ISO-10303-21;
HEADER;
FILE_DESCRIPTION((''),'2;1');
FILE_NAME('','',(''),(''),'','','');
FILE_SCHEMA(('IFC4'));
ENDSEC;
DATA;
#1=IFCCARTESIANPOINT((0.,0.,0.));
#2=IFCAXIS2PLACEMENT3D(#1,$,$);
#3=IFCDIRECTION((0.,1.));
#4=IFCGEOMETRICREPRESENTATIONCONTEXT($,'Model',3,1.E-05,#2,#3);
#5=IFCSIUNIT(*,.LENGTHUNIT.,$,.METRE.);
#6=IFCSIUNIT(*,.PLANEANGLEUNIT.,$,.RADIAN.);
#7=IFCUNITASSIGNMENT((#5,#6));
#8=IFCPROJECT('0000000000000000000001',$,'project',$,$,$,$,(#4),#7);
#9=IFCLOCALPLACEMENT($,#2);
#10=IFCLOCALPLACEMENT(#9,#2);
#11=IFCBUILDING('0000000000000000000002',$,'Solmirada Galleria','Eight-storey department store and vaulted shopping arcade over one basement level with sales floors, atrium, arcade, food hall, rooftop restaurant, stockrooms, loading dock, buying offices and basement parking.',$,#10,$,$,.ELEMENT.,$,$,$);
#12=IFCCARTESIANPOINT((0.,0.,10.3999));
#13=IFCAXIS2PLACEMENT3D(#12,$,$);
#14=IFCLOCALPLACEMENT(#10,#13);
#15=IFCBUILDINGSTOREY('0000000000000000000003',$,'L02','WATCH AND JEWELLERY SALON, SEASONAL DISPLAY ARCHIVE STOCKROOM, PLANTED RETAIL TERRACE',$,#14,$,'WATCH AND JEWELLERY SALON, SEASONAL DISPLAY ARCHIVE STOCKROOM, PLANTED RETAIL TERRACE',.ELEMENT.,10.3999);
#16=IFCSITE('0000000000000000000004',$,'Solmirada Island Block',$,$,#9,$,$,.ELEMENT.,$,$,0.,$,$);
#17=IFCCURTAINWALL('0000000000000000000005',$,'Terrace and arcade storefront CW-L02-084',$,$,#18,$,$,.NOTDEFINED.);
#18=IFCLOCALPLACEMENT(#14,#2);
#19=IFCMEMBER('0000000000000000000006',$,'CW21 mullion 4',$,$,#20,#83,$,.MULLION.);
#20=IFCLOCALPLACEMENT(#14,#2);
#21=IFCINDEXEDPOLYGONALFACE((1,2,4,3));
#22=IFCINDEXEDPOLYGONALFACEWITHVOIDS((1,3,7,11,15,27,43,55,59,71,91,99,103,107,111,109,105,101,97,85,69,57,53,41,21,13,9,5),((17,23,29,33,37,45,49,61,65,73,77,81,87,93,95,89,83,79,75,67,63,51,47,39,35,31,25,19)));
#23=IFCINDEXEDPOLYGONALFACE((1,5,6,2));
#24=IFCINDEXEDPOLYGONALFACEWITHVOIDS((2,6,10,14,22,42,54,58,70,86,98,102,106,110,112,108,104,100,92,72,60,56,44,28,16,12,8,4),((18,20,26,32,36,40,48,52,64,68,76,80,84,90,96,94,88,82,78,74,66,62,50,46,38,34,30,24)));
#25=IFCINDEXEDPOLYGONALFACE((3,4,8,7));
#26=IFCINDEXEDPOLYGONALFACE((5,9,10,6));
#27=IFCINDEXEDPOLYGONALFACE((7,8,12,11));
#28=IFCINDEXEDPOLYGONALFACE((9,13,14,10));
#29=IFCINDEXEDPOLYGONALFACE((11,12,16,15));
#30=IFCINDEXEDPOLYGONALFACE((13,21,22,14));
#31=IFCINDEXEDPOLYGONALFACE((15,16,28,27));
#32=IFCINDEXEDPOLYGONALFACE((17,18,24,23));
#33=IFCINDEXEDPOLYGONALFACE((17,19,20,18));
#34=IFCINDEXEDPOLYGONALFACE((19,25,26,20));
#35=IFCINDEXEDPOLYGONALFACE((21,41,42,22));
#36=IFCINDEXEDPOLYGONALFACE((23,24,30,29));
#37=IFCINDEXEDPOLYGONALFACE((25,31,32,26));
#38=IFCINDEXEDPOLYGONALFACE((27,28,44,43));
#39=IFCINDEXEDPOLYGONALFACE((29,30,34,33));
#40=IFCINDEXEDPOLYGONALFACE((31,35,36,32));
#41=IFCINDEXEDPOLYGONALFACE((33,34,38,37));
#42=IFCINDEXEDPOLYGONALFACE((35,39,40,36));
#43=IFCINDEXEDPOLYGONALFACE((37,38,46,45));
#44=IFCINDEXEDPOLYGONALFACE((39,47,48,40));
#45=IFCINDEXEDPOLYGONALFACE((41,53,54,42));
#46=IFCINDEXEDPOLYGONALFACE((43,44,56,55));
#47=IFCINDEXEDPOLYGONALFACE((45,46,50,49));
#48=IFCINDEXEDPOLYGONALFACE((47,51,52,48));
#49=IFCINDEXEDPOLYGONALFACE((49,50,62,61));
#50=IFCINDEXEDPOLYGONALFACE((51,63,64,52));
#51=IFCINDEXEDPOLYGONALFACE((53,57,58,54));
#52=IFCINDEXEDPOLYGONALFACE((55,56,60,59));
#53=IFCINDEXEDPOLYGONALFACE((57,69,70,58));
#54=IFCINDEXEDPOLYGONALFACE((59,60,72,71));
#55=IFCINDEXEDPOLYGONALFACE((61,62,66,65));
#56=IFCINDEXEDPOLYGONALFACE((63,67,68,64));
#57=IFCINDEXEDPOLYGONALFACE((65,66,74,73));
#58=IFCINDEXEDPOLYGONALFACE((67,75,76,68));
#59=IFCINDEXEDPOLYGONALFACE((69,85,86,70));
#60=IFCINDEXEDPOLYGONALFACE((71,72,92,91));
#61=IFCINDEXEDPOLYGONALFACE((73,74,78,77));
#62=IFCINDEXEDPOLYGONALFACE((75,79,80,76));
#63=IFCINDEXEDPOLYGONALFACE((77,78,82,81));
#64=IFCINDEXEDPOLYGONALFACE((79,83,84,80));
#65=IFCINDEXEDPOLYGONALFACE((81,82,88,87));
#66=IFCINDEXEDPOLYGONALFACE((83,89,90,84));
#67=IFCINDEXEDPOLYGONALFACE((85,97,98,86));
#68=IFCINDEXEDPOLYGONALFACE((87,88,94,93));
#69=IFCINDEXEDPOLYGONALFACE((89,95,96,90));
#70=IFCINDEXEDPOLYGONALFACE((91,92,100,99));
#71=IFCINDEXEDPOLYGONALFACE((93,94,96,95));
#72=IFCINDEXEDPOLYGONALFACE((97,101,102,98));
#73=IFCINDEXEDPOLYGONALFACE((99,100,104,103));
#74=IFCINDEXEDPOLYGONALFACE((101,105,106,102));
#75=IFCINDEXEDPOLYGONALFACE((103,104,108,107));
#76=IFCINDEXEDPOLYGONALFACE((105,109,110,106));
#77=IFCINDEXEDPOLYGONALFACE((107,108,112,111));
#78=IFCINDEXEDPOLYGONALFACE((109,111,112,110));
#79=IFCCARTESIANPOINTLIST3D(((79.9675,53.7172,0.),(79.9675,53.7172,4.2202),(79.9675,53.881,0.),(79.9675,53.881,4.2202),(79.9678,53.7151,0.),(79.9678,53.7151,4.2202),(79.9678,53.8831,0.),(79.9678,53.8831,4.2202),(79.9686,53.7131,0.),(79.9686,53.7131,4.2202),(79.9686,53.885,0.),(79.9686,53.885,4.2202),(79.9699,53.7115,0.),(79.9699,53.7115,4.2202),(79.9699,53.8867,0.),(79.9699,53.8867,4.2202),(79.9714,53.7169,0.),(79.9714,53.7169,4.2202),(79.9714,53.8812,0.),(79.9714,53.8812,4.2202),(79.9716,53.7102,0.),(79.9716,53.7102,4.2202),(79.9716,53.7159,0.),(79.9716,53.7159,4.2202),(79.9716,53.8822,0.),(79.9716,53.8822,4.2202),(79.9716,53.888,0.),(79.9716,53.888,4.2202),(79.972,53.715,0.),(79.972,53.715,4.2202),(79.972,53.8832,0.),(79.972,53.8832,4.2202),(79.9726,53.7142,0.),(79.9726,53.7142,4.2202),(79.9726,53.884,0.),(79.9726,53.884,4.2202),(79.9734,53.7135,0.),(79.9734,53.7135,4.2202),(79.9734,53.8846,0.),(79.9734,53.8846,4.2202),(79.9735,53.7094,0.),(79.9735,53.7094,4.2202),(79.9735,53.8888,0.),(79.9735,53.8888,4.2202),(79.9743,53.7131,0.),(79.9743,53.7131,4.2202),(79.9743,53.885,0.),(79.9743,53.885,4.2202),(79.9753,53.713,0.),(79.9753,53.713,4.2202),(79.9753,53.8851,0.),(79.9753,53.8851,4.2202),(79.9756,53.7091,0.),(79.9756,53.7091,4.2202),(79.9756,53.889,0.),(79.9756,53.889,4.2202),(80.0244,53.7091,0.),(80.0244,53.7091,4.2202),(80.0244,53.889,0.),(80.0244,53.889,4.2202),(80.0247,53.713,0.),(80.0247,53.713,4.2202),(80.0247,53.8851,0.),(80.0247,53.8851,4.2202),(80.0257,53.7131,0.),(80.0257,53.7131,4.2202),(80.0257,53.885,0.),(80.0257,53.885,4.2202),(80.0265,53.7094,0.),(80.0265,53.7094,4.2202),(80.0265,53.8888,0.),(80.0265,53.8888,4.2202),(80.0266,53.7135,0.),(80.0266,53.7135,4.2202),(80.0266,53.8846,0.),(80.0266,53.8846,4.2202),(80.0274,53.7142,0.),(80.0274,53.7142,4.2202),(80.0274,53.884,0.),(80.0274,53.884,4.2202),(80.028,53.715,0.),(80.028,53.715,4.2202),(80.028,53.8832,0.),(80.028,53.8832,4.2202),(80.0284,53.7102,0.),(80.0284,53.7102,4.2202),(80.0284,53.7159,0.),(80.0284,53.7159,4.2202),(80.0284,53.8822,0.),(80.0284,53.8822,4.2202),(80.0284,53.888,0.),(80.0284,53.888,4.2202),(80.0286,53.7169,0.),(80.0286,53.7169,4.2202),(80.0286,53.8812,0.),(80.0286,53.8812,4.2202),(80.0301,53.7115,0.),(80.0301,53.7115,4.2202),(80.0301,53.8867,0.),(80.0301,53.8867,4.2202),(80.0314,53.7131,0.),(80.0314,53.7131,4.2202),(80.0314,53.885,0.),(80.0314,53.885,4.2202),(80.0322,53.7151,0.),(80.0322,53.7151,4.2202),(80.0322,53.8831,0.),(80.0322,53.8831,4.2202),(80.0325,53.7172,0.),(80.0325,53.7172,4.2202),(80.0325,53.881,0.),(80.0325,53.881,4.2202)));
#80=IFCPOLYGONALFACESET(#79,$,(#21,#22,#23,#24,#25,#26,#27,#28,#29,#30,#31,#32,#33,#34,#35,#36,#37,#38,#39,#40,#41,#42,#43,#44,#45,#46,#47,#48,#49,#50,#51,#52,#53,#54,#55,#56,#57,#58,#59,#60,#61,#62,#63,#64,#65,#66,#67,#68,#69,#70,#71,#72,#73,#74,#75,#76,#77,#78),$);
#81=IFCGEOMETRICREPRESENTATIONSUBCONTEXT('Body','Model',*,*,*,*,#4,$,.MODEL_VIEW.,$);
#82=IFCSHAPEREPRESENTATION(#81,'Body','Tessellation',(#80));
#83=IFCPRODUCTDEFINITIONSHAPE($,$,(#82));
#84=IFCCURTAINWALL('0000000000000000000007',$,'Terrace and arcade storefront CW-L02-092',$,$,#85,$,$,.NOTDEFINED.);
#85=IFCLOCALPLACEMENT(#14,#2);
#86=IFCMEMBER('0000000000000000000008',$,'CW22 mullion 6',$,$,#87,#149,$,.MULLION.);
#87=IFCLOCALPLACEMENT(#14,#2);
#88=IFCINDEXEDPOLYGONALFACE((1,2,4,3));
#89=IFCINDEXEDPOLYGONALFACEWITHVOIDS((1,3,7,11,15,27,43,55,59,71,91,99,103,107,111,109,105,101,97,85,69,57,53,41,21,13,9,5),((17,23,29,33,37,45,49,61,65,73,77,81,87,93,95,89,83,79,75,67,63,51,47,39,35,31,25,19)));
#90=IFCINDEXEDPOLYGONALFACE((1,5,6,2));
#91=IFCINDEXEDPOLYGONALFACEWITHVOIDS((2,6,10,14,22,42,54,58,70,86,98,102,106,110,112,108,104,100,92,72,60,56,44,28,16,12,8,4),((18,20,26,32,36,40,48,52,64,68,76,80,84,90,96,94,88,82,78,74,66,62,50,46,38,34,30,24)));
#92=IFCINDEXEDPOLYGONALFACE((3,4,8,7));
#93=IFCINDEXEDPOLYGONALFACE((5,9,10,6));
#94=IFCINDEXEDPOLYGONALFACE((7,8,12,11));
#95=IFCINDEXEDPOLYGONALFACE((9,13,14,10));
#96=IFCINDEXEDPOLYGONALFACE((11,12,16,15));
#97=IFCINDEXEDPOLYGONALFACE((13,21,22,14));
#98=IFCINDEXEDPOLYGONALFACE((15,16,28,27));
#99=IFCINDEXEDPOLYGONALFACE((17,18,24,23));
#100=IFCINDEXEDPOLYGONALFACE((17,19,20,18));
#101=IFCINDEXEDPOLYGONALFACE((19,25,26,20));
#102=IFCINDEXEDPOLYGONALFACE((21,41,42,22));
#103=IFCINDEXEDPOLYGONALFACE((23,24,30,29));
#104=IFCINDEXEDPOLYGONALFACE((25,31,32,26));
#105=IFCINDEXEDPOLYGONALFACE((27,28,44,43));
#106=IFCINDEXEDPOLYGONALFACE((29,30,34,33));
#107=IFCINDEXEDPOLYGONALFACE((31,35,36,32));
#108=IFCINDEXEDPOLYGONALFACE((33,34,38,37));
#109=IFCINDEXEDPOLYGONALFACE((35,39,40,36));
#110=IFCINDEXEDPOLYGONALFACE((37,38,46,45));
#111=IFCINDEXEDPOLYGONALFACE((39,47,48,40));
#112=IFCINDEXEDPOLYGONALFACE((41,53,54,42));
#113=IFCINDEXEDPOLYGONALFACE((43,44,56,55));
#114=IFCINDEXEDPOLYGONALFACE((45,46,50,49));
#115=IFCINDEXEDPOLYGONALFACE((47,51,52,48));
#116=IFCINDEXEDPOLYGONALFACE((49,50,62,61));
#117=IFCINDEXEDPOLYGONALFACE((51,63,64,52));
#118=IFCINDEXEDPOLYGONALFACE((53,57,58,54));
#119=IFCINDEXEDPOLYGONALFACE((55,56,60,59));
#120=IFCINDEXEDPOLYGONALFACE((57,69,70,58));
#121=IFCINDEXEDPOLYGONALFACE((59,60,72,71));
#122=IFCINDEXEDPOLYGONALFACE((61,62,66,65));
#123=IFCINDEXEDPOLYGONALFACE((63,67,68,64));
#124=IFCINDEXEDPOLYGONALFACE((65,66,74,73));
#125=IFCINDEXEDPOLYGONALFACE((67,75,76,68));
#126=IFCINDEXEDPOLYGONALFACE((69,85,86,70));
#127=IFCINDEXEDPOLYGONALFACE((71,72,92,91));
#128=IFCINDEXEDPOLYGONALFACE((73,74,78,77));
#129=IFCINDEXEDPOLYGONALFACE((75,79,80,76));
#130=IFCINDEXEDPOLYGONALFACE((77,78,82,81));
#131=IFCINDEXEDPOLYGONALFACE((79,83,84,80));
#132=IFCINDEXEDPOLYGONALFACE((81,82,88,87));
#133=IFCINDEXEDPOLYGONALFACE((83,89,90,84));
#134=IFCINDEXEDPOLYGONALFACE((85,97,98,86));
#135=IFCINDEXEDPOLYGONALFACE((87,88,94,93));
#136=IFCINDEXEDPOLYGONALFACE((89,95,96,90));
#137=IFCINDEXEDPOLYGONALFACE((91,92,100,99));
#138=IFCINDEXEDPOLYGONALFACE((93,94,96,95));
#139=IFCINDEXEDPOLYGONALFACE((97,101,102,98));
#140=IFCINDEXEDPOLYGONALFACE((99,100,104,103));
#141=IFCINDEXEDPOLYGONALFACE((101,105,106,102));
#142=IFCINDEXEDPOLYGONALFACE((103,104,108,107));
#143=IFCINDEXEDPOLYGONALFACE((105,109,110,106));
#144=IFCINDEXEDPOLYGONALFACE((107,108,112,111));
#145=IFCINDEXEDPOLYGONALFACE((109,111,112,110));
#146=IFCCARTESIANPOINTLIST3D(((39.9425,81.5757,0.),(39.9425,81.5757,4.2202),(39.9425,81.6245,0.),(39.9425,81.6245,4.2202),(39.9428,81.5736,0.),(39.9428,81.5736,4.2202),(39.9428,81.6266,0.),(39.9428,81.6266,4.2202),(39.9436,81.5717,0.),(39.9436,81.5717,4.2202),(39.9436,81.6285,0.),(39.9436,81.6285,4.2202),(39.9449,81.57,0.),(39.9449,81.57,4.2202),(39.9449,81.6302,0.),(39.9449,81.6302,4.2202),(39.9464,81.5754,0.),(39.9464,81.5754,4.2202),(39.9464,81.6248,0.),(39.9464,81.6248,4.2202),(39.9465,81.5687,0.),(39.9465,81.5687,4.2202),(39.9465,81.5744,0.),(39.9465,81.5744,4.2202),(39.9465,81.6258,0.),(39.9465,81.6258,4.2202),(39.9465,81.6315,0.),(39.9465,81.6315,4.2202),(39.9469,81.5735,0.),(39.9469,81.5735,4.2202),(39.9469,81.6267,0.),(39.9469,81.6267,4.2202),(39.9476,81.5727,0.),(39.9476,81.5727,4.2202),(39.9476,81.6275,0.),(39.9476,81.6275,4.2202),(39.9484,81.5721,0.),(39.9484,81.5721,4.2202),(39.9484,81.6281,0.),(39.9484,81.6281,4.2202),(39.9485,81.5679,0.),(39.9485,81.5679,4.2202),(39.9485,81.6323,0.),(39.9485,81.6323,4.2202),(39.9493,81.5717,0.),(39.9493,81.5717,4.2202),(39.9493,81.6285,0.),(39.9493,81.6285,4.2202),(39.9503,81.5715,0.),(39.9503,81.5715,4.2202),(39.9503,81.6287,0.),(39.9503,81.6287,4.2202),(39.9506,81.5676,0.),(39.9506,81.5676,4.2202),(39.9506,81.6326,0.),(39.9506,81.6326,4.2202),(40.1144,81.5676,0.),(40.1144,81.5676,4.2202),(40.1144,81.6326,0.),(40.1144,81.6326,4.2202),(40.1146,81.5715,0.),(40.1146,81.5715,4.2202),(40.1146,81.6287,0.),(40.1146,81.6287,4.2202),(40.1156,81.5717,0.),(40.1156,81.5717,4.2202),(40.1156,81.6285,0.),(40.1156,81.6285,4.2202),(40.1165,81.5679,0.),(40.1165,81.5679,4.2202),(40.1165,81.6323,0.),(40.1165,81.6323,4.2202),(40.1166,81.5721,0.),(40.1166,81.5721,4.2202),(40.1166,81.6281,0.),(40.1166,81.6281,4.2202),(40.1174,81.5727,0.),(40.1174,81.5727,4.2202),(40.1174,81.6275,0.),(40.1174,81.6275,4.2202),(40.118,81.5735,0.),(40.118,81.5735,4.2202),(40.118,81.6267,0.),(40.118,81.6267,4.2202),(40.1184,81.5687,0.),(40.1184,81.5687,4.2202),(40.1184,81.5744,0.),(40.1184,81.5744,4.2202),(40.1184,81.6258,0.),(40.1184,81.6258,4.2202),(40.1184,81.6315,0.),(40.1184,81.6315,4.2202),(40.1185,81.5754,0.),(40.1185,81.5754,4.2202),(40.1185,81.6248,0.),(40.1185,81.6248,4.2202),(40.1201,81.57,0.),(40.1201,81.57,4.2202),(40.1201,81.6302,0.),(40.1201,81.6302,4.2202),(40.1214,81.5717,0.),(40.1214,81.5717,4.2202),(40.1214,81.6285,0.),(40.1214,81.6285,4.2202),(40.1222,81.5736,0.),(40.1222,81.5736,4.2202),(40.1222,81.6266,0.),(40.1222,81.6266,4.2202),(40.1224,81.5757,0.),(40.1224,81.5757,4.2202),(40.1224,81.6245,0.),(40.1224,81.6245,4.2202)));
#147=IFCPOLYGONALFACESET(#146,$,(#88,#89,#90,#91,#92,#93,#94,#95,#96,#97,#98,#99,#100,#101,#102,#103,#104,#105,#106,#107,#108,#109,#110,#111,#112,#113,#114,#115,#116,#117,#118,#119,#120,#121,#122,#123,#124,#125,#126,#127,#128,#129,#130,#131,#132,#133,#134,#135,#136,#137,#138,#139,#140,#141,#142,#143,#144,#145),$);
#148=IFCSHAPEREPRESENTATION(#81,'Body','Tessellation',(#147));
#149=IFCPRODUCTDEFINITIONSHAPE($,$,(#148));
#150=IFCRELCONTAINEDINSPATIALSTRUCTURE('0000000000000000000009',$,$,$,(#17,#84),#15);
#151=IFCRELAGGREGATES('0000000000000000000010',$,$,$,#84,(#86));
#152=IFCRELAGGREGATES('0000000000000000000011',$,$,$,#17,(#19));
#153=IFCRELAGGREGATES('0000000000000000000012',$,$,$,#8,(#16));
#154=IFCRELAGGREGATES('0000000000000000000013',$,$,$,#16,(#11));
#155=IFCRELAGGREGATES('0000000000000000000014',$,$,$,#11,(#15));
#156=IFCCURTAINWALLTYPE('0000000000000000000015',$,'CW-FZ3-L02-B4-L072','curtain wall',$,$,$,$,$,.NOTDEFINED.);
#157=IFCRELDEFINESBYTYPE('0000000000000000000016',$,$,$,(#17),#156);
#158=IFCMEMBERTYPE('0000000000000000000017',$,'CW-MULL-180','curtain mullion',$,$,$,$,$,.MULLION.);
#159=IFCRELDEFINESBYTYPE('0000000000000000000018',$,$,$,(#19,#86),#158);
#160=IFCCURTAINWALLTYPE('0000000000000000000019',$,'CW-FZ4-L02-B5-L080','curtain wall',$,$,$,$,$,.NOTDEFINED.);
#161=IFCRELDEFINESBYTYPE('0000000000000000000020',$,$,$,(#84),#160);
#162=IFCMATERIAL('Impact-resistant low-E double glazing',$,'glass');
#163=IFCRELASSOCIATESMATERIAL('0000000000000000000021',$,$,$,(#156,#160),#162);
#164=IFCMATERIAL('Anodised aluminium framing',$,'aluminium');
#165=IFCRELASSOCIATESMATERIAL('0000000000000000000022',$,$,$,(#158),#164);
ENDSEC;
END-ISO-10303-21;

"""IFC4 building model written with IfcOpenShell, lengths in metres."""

from ifc_helpers import new_model, si_unit, direction, frame, origin, origin_2d, place, context, subcontext, project, spatial, hollow_rectangle, extrude, material, material_profile, profile_set, type_object, element, aggregate, save


model = new_model("IFC4")

# Units and contexts
model_context = context("Model", 3, precision=1e-05, world=origin(), true_north=direction((0.0, 1.0)))
body_context = subcontext(model_context, "Body", "Model", "MODEL_VIEW")
ifc_project = project(units=[si_unit("LENGTHUNIT", "METRE"), si_unit("PLANEANGLEUNIT", "RADIAN")], contexts=[model_context])

# Site, building, storey
site_placement = place(None, origin())
site = spatial("IfcSite", under=ifc_project, at=site_placement, Name="Solmirada Island Block", CompositionType="ELEMENT", RefElevation=0.0)
building_placement = place(site_placement, origin())
building = spatial("IfcBuilding", under=site, at=building_placement, Name="Solmirada Galleria", Description="Eight-storey department store and vaulted shopping arcade over one basement level with sales floors, atrium, arcade, food hall, rooftop restaurant, stockrooms, loading dock, buying offices and basement parking.", CompositionType="ELEMENT")
storey_placement = place(building_placement, frame((0.0, 0.0, 10.3999)))
storey = spatial("IfcBuildingStorey", under=building, at=storey_placement, Name="L02", Description="WATCH AND JEWELLERY SALON, SEASONAL DISPLAY ARCHIVE STOCKROOM, PLANTED RETAIL TERRACE", LongName="WATCH AND JEWELLERY SALON, SEASONAL DISPLAY ARCHIVE STOCKROOM, PLANTED RETAIL TERRACE", CompositionType="ELEMENT", Elevation=10.3999)

# Curtain wall, member
ifc_material_1 = material(Name="Impact-resistant low-E double glazing", Category="glass")
curtain_wall_type_1 = type_object("IfcCurtainWallType", Name="CW-FZ3-L02-B4-L072", Description="curtain wall", PredefinedType="NOTDEFINED", material=ifc_material_1)
curtain_wall_1_placement = place(storey_placement, origin())
curtain_wall_1 = element("IfcCurtainWall", 1, at=curtain_wall_1_placement, inside=storey, type_object=curtain_wall_type_1, Name="Terrace and arcade storefront CW-L02-084", PredefinedType="NOTDEFINED")
ifc_material_2 = material(Name="Anodised aluminium framing", Category="aluminium")
ifc_material_profile_1 = material_profile(ifc_material_2, hollow_rectangle(XDim=0.0649, YDim=0.1799, WallThickness=0.0039, InnerFilletRadius=0.0039, OuterFilletRadius=0.0081, at=origin_2d()), Name="ALU-MULL-180X65")
ifc_profile_set_1 = profile_set([ifc_material_profile_1], Name="Anodised aluminium framing")
member_type_1 = type_object("IfcMemberType", Name="CW-MULL-180", Description="curtain mullion", PredefinedType="MULLION", material=ifc_profile_set_1)
member_1_placement = place(storey_placement, frame((80.0, 53.7991, 0.0), z_axis=(0.0, 0.0, 1.0), x_axis=(-1.0, 0.0, 0.0)))
member_1 = element("IfcMember", 2, at=member_1_placement, type_object=member_type_1, Name="CW21 mullion 4", PredefinedType="MULLION", context=body_context, shape_type="SweptSolid", body=[
    extrude(hollow_rectangle(XDim=0.0649, YDim=0.1799, WallThickness=0.0039, InnerFilletRadius=0.0039, OuterFilletRadius=0.0081, at=origin_2d()), origin(), (0.0, 0.0, 1.0), 4.2202),
])

# Curtain wall, member
curtain_wall_type_2 = type_object("IfcCurtainWallType", Name="CW-FZ4-L02-B5-L080", Description="curtain wall", PredefinedType="NOTDEFINED", material=ifc_material_1)
curtain_wall_2_placement = place(storey_placement, origin())
curtain_wall_2 = element("IfcCurtainWall", 3, at=curtain_wall_2_placement, inside=storey, type_object=curtain_wall_type_2, Name="Terrace and arcade storefront CW-L02-092", PredefinedType="NOTDEFINED")
member_2_placement = place(storey_placement, frame((40.0325, 81.6001, 0.0), z_axis=(0.0, 0.0, 1.0), x_axis=(0.0, -1.0, 0.0)))
member_2 = element("IfcMember", 4, at=member_2_placement, type_object=member_type_1, Name="CW22 mullion 6", PredefinedType="MULLION", context=body_context, shape_type="SweptSolid", body=[
    extrude(hollow_rectangle(XDim=0.0649, YDim=0.1799, WallThickness=0.0039, InnerFilletRadius=0.0039, OuterFilletRadius=0.0081, at=origin_2d()), origin(), (0.0, 0.0, 1.0), 4.2202),
])
aggregate(curtain_wall_2, [member_2])

aggregate(curtain_wall_1, [member_1])

save(model, "model.ifc")
